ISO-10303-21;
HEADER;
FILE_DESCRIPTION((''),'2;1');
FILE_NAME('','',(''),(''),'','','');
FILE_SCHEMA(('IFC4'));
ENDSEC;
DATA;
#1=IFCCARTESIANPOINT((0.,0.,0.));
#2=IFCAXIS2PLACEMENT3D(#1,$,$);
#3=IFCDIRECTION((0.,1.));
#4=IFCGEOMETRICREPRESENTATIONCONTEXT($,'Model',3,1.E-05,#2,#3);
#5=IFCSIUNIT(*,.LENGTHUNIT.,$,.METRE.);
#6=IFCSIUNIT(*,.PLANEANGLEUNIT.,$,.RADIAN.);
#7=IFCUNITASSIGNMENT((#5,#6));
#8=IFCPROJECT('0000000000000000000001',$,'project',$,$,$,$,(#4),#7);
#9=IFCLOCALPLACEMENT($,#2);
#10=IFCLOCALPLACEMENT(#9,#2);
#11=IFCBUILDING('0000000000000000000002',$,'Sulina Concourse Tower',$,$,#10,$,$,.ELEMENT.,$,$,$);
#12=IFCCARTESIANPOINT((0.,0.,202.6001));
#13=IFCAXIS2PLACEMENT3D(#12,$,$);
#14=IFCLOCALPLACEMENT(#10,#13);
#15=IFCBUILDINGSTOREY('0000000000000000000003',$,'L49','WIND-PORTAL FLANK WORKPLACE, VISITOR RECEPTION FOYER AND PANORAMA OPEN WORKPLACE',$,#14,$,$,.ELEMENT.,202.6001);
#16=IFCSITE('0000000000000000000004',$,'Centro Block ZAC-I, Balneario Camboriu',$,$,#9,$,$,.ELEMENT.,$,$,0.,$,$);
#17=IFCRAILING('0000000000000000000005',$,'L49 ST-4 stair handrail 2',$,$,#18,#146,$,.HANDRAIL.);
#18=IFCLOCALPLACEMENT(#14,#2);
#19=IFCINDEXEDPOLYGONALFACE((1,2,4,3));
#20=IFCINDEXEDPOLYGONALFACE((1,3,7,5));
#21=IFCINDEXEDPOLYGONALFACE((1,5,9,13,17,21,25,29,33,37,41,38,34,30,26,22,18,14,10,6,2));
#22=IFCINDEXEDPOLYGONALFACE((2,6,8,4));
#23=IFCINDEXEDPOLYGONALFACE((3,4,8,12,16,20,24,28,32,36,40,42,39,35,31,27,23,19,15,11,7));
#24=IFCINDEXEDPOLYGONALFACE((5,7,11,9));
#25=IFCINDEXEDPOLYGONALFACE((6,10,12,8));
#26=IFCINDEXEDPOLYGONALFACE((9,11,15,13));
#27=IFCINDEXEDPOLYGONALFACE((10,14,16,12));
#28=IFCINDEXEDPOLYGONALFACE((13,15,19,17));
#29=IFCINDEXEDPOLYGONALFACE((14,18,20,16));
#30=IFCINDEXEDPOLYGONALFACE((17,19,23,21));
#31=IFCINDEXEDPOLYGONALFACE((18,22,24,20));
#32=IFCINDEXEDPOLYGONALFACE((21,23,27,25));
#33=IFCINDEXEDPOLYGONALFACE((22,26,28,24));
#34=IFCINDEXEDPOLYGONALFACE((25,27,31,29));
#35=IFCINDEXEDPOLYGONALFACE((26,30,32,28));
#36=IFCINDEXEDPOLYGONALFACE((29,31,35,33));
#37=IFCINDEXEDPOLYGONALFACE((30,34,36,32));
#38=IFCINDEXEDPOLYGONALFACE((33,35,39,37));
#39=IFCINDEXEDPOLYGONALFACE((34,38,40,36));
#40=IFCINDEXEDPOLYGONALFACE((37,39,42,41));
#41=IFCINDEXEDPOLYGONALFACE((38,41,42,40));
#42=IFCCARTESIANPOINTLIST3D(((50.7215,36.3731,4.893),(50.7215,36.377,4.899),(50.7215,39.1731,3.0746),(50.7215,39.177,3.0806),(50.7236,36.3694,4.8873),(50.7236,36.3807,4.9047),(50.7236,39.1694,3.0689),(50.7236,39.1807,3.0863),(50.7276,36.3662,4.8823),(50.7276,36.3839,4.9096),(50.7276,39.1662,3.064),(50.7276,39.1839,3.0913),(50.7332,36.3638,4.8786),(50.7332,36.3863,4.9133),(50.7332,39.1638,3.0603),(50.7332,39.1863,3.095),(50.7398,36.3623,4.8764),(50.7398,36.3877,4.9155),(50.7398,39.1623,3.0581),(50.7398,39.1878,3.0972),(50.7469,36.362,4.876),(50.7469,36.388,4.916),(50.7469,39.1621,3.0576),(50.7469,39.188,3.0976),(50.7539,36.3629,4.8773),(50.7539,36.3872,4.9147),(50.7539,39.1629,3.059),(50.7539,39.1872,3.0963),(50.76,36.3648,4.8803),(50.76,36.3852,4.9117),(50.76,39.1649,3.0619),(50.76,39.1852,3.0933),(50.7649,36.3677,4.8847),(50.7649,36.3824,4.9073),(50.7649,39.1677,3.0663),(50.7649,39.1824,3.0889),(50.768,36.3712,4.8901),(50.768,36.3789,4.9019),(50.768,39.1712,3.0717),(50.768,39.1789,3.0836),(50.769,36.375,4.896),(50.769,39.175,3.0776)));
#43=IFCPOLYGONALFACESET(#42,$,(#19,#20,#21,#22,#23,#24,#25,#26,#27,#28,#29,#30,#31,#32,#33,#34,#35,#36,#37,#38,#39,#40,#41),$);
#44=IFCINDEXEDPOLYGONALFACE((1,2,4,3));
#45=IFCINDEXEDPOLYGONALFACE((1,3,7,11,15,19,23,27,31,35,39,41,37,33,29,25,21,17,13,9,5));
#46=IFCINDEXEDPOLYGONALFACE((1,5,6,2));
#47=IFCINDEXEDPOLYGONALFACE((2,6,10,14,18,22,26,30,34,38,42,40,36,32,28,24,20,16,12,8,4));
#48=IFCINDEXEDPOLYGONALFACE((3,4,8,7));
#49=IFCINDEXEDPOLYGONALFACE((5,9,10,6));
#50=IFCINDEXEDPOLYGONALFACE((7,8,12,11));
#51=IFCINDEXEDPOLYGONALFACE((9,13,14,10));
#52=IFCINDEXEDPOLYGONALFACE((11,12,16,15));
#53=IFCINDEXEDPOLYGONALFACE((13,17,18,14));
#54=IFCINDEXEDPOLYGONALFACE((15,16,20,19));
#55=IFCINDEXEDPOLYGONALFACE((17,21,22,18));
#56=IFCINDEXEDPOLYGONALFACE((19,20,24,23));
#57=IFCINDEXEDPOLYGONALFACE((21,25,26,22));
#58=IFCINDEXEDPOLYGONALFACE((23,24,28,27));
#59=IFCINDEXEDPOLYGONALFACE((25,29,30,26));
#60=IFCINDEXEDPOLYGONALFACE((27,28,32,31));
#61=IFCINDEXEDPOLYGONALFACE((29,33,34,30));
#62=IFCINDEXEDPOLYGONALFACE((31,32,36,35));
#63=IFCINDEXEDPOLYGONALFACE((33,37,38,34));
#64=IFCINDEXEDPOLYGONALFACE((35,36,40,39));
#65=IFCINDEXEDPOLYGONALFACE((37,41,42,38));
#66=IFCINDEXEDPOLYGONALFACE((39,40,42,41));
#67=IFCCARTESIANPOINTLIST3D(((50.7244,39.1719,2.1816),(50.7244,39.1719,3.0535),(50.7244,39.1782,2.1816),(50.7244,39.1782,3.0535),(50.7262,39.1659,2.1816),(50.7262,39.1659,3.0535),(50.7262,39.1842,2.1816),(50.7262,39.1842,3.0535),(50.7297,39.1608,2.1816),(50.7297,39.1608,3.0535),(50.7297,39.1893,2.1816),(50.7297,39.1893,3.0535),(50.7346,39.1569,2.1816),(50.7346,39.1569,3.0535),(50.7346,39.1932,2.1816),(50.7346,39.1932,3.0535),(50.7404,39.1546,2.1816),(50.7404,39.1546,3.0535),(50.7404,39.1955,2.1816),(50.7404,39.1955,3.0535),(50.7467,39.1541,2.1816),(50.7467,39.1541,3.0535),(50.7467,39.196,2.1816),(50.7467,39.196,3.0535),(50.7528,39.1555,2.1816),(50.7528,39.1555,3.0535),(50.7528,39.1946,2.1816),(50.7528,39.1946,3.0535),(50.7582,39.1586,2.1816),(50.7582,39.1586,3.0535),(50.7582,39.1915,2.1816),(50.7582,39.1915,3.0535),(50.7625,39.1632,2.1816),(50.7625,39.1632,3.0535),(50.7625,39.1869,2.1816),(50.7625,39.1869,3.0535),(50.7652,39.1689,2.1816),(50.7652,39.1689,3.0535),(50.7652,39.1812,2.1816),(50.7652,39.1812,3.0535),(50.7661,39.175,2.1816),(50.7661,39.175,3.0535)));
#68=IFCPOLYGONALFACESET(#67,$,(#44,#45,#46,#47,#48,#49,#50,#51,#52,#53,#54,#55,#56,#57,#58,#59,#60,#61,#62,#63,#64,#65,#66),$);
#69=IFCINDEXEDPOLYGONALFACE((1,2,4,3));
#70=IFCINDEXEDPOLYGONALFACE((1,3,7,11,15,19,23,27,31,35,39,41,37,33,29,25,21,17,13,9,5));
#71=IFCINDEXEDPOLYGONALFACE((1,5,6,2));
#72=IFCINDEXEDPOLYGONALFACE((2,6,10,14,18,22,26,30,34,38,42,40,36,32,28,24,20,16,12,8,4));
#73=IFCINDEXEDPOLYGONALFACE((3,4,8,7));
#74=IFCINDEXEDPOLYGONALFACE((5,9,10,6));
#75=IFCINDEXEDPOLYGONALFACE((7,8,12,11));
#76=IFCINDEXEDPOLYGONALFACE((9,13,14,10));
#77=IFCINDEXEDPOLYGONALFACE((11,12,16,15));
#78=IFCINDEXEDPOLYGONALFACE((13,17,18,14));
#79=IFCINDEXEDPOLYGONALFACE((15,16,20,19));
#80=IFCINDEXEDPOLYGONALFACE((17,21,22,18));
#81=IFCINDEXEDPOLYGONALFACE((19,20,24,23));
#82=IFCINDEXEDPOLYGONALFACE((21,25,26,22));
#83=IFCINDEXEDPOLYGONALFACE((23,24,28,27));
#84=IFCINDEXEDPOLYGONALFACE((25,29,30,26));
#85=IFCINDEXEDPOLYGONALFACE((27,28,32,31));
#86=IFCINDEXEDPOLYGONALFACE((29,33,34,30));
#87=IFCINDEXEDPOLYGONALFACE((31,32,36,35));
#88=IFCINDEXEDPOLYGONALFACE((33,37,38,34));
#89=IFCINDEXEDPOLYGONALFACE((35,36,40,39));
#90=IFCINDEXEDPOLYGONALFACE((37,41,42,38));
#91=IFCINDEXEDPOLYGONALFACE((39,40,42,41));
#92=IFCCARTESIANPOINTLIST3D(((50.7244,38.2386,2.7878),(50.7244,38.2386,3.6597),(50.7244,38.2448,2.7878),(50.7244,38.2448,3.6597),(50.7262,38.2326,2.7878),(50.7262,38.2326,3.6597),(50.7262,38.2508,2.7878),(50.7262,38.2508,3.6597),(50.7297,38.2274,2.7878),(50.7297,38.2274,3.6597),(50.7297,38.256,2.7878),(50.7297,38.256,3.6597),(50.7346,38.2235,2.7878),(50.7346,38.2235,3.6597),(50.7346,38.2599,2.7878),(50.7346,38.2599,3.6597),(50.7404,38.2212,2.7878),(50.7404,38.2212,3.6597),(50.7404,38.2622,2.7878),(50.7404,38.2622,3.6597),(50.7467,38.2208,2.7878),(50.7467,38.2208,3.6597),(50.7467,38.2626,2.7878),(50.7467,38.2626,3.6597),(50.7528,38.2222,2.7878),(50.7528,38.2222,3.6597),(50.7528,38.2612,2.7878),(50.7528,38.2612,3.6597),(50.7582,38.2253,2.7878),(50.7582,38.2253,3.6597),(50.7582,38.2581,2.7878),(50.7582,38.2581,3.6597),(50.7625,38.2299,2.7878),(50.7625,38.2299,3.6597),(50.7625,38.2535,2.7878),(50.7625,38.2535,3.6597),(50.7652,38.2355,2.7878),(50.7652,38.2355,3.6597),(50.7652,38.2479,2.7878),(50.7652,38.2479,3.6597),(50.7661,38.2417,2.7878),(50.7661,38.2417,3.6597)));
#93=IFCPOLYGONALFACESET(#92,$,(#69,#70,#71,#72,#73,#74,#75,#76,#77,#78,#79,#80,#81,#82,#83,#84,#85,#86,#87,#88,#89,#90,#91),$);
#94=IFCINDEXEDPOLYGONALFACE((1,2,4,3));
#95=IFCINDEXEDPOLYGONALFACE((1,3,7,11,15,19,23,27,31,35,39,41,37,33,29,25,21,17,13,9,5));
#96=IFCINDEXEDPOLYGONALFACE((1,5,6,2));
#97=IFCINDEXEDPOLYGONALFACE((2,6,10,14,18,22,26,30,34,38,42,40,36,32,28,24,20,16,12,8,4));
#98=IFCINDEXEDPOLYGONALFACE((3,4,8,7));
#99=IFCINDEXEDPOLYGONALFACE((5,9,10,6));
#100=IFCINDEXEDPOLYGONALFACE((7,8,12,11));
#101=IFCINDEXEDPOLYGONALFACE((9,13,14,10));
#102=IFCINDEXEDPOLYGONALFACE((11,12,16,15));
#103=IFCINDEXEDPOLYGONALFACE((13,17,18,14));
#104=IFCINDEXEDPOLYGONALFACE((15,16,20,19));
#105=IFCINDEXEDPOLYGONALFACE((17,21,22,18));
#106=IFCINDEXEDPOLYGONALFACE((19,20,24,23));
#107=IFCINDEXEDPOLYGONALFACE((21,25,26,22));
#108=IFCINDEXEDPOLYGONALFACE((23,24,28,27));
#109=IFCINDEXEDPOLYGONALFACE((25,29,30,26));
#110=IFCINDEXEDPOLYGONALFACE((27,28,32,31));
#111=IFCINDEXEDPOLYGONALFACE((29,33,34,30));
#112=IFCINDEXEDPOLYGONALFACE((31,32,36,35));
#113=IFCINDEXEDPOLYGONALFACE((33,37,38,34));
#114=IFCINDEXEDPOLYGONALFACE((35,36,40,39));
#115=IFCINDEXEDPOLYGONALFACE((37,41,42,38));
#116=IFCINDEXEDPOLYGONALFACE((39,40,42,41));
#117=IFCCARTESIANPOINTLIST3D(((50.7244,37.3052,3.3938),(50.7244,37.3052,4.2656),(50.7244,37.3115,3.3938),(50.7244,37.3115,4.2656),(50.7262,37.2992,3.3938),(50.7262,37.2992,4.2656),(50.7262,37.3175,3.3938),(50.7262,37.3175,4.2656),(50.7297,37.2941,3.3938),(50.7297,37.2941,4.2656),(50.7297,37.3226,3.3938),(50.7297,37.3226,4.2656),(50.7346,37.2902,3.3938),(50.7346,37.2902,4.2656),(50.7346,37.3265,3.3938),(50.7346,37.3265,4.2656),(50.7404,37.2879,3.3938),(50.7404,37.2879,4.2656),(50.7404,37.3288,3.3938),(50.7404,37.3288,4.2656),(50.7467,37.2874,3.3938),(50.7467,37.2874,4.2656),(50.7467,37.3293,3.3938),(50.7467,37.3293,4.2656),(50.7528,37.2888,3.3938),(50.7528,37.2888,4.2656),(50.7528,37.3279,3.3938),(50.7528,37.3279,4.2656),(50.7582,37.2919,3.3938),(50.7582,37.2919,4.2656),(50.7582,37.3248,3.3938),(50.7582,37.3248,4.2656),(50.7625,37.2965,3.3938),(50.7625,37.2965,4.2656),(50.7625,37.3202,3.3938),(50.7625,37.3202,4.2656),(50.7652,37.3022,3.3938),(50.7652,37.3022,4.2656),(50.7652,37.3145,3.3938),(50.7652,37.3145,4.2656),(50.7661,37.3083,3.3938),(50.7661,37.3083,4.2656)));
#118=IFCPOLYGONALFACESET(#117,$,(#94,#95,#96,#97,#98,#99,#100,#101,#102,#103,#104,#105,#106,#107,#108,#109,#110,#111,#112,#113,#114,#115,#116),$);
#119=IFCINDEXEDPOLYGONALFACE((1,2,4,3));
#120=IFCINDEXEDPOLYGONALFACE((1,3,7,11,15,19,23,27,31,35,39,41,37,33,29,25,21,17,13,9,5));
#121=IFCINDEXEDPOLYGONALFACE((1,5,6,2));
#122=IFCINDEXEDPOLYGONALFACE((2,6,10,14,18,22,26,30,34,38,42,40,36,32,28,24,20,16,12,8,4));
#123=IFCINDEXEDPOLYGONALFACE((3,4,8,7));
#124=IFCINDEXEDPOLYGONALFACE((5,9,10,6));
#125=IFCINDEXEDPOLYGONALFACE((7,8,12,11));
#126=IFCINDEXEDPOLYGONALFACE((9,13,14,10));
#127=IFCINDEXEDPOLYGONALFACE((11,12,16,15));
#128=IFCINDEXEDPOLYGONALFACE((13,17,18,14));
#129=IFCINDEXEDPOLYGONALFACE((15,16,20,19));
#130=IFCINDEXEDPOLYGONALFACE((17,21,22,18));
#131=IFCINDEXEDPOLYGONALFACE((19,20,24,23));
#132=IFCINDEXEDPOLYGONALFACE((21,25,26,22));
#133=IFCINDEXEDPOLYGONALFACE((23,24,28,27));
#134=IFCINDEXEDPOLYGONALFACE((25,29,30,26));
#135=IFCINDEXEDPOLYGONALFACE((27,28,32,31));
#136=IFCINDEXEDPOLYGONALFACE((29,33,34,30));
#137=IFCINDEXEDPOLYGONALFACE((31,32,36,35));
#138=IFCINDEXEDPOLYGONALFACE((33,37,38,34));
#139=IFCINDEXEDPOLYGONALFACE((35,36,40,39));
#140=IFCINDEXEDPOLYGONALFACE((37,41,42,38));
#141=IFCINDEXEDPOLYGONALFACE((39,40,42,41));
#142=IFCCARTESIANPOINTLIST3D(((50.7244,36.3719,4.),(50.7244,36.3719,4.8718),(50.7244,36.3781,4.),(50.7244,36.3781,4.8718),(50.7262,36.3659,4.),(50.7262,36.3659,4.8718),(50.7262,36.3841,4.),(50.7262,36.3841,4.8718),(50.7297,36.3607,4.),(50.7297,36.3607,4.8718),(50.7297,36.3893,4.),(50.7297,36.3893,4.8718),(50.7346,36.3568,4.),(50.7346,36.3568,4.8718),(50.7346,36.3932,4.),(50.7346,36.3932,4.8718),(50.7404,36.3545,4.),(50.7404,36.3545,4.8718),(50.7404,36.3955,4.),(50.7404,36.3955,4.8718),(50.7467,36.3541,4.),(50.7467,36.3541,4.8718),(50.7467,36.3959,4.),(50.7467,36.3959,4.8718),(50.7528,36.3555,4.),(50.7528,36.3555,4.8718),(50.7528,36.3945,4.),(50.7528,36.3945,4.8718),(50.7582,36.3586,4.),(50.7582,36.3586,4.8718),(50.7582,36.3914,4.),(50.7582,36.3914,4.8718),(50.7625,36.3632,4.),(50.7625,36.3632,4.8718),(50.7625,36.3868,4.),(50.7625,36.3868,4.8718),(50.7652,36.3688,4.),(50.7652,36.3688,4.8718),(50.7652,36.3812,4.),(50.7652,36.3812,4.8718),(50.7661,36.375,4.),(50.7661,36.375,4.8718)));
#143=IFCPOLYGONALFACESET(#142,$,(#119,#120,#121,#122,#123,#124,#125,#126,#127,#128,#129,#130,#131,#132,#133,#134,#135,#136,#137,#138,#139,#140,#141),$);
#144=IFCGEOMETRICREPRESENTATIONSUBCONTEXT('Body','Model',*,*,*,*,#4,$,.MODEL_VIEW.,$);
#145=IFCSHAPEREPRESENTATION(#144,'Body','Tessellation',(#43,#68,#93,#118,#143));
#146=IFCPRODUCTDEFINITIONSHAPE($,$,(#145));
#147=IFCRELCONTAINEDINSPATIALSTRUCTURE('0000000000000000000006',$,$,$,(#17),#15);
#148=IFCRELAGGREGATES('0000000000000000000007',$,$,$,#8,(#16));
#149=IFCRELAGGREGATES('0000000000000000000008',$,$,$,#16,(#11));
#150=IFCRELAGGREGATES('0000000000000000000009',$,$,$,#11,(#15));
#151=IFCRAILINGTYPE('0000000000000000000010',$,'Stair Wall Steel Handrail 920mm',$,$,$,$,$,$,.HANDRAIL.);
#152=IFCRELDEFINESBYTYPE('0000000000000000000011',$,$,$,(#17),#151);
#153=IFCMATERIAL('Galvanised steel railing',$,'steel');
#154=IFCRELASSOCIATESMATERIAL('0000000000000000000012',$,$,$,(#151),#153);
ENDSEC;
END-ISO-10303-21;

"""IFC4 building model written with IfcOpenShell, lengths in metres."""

from ifc_helpers import new_model, si_unit, direction, frame, origin, origin_2d, place, context, subcontext, project, spatial, circle, extrude, material, type_object, element, save


model = new_model("IFC4")

# Units and contexts
model_context = context("Model", 3, precision=1e-05, world=origin(), true_north=direction((0.0, 1.0)))
body_context = subcontext(model_context, "Body", "Model", "MODEL_VIEW")
ifc_project = project(units=[si_unit("LENGTHUNIT", "METRE"), si_unit("PLANEANGLEUNIT", "RADIAN")], contexts=[model_context])

# Site, building, storey
site_placement = place(None, origin())
site = spatial("IfcSite", under=ifc_project, at=site_placement, Name="Centro Block ZAC-I, Balneario Camboriu", CompositionType="ELEMENT", RefElevation=0.0)
building_placement = place(site_placement, origin())
building = spatial("IfcBuilding", under=site, at=building_placement, Name="Sulina Concourse Tower", CompositionType="ELEMENT")
storey_placement = place(building_placement, frame((0.0, 0.0, 202.6001)))
storey = spatial("IfcBuildingStorey", under=building, at=storey_placement, Name="L49", Description="WIND-PORTAL FLANK WORKPLACE, VISITOR RECEPTION FOYER AND PANORAMA OPEN WORKPLACE", CompositionType="ELEMENT", Elevation=202.6001)

# Railing
ifc_material_1 = material(Name="Galvanised steel railing", Category="steel")
railing_type_1 = type_object("IfcRailingType", Name="Stair Wall Steel Handrail 920mm", PredefinedType="HANDRAIL", material=ifc_material_1)
railing_1_placement = place(storey_placement, frame((50.7451, 39.175, 2.1816)))
element("IfcRailing", 1, at=railing_1_placement, inside=storey, type_object=railing_type_1, Name="L49 ST-4 stair handrail 2", PredefinedType="HANDRAIL", context=body_context, shape_type="SweptSolid", body=[
    extrude(circle(Radius=0.0239, at=origin_2d()), frame((0.0, 0.0, 0.896), z_axis=(0.0, -0.838672, 0.544636), x_axis=(1.0, 0.0, 0.0)), (0.0, 0.0, 1.0), 3.3386),
    extrude(circle(Radius=0.021, at=origin_2d()), origin(), (0.0, 0.0, 1.0), 0.8718),
    extrude(circle(Radius=0.021, at=origin_2d()), frame((0.0, -0.9333, 0.6062)), (0.0, 0.0, 1.0), 0.8718),
    extrude(circle(Radius=0.021, at=origin_2d()), frame((0.0, -1.8667, 1.2122)), (0.0, 0.0, 1.0), 0.8718),
    extrude(circle(Radius=0.021, at=origin_2d()), frame((0.0, -2.8, 1.8184)), (0.0, 0.0, 1.0), 0.8718),
])

save(model, "model.ifc")
